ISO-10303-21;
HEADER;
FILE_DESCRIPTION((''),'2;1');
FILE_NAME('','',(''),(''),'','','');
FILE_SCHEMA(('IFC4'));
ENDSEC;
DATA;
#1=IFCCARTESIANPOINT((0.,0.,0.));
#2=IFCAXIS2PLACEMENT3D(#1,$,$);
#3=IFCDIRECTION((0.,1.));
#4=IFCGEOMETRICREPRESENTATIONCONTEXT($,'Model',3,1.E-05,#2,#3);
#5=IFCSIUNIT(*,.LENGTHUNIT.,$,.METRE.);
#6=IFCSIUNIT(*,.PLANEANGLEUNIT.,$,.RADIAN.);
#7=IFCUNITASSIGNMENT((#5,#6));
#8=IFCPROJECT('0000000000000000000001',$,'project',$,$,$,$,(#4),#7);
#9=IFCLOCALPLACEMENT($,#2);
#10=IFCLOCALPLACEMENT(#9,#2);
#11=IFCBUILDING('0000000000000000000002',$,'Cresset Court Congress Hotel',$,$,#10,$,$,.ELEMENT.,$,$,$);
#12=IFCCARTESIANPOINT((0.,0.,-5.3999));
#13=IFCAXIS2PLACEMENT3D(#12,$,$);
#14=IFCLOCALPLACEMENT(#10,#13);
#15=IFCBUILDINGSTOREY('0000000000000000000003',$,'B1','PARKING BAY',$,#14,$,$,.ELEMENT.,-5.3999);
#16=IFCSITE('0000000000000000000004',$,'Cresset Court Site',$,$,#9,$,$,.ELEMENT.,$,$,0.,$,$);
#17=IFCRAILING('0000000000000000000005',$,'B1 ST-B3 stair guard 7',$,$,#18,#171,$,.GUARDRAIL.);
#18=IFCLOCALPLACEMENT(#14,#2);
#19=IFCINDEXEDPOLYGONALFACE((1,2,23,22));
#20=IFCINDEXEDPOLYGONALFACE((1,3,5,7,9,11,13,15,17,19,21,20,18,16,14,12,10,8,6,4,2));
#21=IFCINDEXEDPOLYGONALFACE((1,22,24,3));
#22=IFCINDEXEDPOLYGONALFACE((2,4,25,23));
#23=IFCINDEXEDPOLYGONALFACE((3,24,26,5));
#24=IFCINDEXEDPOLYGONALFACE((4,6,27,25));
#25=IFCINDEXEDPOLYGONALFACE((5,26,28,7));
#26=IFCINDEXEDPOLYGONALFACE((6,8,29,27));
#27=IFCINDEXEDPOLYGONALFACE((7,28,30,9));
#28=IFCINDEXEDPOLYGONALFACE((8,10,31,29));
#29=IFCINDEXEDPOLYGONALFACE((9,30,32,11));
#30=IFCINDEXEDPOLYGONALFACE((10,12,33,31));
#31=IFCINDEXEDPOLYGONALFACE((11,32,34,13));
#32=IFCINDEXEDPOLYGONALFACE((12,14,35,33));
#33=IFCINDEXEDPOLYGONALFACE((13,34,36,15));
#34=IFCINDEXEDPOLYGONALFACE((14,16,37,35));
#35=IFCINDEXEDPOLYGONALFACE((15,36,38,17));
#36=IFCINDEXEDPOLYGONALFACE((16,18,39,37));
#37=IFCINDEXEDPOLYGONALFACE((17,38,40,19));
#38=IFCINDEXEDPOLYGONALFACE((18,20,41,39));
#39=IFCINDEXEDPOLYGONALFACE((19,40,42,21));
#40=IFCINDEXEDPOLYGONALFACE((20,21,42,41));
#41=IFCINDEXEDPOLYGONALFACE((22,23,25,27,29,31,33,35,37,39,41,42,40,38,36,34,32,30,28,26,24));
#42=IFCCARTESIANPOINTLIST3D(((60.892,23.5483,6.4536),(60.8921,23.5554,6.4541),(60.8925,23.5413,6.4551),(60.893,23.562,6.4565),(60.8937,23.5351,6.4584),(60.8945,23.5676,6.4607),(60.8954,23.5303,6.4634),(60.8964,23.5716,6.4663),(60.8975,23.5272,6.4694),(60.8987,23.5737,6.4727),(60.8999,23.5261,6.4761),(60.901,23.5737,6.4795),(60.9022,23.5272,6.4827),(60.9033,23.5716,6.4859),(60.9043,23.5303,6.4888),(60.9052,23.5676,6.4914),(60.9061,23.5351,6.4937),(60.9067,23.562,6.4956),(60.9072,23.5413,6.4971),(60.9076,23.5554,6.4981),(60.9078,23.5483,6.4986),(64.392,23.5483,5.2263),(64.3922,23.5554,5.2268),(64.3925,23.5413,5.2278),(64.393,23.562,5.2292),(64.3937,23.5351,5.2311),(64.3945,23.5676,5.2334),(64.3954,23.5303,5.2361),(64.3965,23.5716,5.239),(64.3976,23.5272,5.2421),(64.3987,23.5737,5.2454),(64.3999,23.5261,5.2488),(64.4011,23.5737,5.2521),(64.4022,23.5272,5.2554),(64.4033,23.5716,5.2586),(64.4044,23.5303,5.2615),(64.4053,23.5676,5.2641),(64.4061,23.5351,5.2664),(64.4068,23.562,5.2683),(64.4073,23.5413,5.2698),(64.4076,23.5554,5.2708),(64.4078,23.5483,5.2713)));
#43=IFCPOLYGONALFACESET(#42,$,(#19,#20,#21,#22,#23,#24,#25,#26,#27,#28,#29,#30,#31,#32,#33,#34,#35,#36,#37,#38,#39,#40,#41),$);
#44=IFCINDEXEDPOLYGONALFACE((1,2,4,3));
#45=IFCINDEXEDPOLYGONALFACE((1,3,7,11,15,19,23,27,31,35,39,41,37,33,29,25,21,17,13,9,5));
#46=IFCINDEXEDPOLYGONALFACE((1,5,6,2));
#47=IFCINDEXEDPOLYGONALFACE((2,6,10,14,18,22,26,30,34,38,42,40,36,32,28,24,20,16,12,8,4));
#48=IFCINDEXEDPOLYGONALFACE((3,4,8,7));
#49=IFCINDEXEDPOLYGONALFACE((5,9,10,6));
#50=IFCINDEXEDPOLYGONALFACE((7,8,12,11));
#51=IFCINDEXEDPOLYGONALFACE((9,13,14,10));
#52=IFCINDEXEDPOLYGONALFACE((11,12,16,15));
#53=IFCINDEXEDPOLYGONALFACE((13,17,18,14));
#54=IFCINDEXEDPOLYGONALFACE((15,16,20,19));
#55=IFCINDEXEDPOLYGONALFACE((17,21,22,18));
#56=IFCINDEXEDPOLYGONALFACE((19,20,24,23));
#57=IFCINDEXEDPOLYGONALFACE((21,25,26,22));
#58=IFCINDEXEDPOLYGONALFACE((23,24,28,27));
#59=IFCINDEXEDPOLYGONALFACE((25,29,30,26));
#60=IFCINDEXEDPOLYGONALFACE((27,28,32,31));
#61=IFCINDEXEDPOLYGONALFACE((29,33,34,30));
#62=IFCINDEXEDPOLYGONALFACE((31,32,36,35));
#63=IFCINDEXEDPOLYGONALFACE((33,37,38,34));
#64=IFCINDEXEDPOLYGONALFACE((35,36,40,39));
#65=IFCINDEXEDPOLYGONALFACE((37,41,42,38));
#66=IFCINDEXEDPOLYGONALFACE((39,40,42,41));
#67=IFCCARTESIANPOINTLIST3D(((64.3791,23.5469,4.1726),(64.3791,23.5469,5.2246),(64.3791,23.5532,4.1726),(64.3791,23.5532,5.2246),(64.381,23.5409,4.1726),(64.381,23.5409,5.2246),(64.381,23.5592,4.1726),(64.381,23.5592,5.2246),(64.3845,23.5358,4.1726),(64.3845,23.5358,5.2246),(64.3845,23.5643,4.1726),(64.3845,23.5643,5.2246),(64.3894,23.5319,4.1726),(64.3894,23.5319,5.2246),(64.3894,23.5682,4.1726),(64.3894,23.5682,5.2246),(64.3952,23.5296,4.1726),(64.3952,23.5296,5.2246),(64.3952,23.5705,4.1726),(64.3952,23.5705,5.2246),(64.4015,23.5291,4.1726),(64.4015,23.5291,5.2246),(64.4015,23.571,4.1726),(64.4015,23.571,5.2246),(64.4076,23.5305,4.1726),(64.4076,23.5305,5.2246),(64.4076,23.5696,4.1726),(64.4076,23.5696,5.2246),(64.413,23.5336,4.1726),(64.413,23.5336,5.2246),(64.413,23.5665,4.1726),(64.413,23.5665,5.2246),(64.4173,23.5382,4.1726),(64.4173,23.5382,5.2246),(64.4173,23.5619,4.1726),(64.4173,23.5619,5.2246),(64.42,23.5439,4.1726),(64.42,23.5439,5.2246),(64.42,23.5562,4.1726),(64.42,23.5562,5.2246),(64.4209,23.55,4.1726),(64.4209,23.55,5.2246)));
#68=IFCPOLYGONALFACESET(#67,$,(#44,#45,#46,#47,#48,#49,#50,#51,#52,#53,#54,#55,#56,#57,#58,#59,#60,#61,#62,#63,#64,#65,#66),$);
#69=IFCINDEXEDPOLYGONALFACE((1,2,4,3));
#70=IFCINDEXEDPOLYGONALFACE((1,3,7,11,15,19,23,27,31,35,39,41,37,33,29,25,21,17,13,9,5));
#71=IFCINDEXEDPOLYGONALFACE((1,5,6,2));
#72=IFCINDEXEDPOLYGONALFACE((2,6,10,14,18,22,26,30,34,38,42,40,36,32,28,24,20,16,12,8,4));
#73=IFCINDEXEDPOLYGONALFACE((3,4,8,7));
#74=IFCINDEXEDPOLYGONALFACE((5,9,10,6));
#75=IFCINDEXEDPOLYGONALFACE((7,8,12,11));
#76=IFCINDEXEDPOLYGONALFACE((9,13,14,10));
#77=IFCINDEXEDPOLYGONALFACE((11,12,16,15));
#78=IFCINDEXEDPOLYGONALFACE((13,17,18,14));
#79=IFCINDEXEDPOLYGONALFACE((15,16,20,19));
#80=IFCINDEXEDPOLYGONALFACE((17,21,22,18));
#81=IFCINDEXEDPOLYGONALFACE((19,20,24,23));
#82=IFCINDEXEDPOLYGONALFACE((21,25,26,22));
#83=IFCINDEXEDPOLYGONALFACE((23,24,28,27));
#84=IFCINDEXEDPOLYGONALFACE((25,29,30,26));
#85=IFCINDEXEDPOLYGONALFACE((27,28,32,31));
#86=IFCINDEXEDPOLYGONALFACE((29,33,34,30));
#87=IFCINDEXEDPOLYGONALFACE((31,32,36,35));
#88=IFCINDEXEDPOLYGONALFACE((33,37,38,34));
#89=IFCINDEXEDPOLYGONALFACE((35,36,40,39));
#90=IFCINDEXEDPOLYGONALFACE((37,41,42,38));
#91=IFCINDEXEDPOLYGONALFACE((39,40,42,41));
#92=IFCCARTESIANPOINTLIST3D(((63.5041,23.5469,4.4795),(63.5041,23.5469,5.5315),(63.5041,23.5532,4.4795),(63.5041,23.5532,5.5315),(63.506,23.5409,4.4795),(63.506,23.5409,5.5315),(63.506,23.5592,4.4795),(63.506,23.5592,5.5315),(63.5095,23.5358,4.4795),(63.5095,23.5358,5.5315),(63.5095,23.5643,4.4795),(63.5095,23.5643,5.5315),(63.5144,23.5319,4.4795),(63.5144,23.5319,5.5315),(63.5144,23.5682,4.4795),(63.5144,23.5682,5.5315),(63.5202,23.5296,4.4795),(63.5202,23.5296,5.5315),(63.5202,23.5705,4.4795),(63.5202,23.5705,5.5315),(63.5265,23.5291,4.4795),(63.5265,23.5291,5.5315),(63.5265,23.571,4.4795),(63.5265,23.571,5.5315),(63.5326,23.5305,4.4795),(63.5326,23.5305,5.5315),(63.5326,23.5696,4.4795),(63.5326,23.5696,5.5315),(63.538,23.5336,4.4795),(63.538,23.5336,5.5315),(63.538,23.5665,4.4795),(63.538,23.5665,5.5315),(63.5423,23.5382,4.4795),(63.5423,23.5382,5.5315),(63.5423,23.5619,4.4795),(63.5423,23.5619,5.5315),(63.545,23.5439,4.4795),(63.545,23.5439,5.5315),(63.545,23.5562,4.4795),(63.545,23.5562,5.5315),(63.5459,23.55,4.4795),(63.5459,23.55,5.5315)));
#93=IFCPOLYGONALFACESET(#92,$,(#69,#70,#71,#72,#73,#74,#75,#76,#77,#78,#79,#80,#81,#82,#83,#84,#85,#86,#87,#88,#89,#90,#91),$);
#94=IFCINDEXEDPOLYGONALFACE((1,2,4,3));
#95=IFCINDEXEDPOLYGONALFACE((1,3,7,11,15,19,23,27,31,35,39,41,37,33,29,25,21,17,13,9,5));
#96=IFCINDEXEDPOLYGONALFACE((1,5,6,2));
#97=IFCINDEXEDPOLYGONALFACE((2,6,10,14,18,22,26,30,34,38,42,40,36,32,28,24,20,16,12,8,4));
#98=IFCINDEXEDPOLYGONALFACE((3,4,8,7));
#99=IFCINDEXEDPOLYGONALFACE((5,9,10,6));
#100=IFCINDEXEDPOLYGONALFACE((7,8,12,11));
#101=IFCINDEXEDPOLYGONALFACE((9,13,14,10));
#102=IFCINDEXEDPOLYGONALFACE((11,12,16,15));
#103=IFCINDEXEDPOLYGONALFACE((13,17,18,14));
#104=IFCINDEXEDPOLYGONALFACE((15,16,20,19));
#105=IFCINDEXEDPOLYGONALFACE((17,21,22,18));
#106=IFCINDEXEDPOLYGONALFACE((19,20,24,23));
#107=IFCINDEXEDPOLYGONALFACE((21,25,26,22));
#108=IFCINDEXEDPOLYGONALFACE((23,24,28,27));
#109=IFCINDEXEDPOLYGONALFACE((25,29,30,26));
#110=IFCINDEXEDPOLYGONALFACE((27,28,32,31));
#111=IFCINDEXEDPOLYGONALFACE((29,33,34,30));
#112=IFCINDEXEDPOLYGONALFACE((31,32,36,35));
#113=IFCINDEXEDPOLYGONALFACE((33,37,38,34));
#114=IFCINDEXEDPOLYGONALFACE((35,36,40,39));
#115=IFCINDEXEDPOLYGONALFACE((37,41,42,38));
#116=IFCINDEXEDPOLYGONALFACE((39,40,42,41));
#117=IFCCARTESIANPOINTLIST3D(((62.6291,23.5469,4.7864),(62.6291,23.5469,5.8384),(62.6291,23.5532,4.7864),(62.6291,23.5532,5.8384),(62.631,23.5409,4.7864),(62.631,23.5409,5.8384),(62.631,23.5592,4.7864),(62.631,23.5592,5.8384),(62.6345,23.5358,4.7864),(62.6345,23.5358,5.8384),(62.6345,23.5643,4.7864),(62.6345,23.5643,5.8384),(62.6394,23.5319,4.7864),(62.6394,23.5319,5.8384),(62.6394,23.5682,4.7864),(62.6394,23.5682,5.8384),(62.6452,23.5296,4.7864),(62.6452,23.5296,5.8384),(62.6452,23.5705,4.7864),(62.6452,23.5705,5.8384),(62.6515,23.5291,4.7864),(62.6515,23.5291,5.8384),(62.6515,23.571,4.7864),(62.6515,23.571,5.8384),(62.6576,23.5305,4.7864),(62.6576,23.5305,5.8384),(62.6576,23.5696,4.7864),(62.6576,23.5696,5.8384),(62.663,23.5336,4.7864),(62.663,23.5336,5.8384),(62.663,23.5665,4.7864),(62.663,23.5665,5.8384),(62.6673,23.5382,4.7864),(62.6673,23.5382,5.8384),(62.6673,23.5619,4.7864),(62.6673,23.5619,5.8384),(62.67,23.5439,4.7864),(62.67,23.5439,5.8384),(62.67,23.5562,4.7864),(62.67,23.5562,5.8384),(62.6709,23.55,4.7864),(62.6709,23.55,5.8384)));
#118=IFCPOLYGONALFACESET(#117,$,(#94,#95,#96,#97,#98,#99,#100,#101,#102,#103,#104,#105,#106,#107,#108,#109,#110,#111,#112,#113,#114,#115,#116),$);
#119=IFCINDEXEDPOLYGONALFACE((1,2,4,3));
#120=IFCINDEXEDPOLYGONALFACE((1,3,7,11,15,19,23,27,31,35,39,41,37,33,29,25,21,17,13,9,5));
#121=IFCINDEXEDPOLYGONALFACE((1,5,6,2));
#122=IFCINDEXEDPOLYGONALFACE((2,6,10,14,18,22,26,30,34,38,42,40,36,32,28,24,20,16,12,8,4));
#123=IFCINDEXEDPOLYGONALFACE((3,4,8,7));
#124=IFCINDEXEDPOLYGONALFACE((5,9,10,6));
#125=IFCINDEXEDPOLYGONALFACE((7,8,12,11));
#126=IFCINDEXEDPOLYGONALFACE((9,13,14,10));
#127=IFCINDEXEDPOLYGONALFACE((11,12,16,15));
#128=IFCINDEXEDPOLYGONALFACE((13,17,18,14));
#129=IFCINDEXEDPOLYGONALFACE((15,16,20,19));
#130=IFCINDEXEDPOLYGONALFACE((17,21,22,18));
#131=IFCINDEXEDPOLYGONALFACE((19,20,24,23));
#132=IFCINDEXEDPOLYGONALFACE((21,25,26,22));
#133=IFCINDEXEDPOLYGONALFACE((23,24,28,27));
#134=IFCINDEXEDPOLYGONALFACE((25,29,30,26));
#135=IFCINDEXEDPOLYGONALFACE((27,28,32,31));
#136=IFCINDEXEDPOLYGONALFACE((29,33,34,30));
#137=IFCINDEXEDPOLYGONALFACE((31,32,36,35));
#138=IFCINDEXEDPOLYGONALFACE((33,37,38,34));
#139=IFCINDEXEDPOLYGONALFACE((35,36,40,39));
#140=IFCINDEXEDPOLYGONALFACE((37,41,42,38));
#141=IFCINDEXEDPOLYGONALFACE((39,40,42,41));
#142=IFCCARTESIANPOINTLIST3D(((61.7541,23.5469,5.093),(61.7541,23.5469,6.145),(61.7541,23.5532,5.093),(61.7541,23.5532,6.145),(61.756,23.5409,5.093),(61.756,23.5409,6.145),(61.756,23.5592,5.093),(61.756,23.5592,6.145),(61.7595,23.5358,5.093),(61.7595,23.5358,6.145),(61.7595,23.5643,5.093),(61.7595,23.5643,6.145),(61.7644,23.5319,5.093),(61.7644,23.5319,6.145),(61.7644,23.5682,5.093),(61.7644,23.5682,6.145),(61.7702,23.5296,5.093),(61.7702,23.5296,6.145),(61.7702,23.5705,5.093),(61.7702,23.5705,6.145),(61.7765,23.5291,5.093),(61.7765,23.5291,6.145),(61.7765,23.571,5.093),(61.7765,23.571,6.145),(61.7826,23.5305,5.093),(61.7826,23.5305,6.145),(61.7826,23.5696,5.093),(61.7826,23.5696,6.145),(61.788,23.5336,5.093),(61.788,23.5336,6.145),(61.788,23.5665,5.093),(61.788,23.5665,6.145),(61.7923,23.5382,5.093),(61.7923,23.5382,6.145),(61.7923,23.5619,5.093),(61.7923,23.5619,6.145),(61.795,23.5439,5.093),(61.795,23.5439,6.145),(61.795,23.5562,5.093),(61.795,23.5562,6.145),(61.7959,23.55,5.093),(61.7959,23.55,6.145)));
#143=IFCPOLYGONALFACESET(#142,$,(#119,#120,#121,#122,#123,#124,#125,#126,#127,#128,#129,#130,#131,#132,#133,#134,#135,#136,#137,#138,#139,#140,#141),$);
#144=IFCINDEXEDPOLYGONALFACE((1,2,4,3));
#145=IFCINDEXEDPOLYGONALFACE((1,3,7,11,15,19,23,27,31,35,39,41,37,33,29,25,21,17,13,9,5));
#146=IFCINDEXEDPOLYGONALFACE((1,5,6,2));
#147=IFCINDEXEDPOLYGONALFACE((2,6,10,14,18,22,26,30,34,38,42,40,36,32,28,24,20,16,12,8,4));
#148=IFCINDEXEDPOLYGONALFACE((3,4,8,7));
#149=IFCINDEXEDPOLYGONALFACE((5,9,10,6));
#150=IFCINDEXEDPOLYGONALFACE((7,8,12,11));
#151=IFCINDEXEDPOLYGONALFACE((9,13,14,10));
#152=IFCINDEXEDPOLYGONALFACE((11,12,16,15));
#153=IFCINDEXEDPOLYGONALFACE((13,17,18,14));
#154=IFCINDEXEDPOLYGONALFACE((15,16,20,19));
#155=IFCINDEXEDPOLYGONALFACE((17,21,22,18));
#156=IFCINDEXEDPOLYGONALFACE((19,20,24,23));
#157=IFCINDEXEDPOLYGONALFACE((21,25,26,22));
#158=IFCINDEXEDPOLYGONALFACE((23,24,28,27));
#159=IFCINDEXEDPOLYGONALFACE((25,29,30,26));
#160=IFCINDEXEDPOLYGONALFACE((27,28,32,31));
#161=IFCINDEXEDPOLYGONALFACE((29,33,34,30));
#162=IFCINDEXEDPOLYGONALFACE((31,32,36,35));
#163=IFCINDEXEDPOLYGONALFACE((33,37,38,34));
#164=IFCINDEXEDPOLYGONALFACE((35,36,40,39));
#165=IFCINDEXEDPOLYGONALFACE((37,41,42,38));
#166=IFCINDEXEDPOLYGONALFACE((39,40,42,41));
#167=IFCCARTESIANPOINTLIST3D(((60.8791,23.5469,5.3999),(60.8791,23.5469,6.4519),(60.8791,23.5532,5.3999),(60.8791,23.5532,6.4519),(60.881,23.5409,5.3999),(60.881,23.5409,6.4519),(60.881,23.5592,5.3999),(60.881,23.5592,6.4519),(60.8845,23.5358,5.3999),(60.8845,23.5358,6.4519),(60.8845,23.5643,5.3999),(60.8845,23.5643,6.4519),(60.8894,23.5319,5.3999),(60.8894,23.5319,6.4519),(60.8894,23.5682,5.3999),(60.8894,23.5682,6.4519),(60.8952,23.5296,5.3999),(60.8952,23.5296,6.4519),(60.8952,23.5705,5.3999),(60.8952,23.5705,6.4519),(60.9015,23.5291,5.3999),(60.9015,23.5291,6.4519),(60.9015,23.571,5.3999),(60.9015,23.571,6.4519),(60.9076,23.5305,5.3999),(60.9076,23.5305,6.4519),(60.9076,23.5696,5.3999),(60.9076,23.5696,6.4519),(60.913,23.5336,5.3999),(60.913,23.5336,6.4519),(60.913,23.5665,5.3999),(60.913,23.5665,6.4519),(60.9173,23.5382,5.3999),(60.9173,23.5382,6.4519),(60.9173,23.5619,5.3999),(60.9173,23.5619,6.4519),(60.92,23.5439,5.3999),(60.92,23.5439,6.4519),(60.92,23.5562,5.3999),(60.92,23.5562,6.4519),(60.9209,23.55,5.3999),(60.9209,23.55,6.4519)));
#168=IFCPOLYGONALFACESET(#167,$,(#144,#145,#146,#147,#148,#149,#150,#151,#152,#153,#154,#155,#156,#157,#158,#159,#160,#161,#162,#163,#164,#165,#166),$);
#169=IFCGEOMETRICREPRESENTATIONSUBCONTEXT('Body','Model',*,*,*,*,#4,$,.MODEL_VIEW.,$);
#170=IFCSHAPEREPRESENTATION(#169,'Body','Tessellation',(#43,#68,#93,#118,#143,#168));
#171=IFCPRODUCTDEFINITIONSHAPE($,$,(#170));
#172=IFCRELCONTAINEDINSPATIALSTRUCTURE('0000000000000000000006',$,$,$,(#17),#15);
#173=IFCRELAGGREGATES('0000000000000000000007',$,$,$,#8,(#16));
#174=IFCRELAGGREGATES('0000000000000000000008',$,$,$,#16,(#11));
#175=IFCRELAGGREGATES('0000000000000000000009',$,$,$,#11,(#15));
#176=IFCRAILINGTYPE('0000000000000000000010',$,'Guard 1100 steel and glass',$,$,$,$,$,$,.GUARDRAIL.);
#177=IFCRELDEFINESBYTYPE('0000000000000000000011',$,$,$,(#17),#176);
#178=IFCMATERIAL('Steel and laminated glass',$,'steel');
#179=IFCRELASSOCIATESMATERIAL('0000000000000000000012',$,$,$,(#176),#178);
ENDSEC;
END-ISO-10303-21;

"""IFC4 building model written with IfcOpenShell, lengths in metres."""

from ifc_helpers import new_model, si_unit, direction, frame, origin, origin_2d, place, context, subcontext, project, spatial, circle, extrude, material, type_object, element, save


model = new_model("IFC4")

# Units and contexts
model_context = context("Model", 3, precision=1e-05, world=origin(), true_north=direction((0.0, 1.0)))
body_context = subcontext(model_context, "Body", "Model", "MODEL_VIEW")
ifc_project = project(units=[si_unit("LENGTHUNIT", "METRE"), si_unit("PLANEANGLEUNIT", "RADIAN")], contexts=[model_context])

# Site, building, storey
site_placement = place(None, origin())
site = spatial("IfcSite", under=ifc_project, at=site_placement, Name="Cresset Court Site", CompositionType="ELEMENT", RefElevation=0.0)
building_placement = place(site_placement, origin())
building = spatial("IfcBuilding", under=site, at=building_placement, Name="Cresset Court Congress Hotel", CompositionType="ELEMENT")
storey_placement = place(building_placement, frame((0.0, 0.0, -5.3999)))
storey = spatial("IfcBuildingStorey", under=building, at=storey_placement, Name="B1", Description="PARKING BAY", CompositionType="ELEMENT", Elevation=-5.3999)

# Railing
ifc_material_1 = material(Name="Steel and laminated glass", Category="steel")
railing_type_1 = type_object("IfcRailingType", Name="Guard 1100 steel and glass", PredefinedType="GUARDRAIL", material=ifc_material_1)
railing_1_placement = place(storey_placement, frame((64.3999, 23.55, 4.1726)))
element("IfcRailing", 1, at=railing_1_placement, inside=storey, type_object=railing_type_1, Name="B1 ST-B3 stair guard 7", PredefinedType="GUARDRAIL", context=body_context, shape_type="SweptSolid", body=[
    extrude(circle(Radius=0.0239, at=origin_2d()), frame((0.0, 0.0, 1.0762), z_axis=(-0.943665, 0.0, 0.330902), x_axis=(0.0, -1.0, 0.0)), (0.0, 0.0, 1.0), 3.709),
    extrude(circle(Radius=0.021, at=origin_2d()), origin(), (0.0, 0.0, 1.0), 1.052),
    extrude(circle(Radius=0.021, at=origin_2d()), frame((-0.875, 0.0, 0.3069)), (0.0, 0.0, 1.0), 1.052),
    extrude(circle(Radius=0.021, at=origin_2d()), frame((-1.75, 0.0, 0.6138)), (0.0, 0.0, 1.0), 1.052),
    extrude(circle(Radius=0.021, at=origin_2d()), frame((-2.625, 0.0, 0.9204)), (0.0, 0.0, 1.0), 1.052),
    extrude(circle(Radius=0.021, at=origin_2d()), frame((-3.5, 0.0, 1.2273)), (0.0, 0.0, 1.0), 1.052),
])

save(model, "model.ifc")
